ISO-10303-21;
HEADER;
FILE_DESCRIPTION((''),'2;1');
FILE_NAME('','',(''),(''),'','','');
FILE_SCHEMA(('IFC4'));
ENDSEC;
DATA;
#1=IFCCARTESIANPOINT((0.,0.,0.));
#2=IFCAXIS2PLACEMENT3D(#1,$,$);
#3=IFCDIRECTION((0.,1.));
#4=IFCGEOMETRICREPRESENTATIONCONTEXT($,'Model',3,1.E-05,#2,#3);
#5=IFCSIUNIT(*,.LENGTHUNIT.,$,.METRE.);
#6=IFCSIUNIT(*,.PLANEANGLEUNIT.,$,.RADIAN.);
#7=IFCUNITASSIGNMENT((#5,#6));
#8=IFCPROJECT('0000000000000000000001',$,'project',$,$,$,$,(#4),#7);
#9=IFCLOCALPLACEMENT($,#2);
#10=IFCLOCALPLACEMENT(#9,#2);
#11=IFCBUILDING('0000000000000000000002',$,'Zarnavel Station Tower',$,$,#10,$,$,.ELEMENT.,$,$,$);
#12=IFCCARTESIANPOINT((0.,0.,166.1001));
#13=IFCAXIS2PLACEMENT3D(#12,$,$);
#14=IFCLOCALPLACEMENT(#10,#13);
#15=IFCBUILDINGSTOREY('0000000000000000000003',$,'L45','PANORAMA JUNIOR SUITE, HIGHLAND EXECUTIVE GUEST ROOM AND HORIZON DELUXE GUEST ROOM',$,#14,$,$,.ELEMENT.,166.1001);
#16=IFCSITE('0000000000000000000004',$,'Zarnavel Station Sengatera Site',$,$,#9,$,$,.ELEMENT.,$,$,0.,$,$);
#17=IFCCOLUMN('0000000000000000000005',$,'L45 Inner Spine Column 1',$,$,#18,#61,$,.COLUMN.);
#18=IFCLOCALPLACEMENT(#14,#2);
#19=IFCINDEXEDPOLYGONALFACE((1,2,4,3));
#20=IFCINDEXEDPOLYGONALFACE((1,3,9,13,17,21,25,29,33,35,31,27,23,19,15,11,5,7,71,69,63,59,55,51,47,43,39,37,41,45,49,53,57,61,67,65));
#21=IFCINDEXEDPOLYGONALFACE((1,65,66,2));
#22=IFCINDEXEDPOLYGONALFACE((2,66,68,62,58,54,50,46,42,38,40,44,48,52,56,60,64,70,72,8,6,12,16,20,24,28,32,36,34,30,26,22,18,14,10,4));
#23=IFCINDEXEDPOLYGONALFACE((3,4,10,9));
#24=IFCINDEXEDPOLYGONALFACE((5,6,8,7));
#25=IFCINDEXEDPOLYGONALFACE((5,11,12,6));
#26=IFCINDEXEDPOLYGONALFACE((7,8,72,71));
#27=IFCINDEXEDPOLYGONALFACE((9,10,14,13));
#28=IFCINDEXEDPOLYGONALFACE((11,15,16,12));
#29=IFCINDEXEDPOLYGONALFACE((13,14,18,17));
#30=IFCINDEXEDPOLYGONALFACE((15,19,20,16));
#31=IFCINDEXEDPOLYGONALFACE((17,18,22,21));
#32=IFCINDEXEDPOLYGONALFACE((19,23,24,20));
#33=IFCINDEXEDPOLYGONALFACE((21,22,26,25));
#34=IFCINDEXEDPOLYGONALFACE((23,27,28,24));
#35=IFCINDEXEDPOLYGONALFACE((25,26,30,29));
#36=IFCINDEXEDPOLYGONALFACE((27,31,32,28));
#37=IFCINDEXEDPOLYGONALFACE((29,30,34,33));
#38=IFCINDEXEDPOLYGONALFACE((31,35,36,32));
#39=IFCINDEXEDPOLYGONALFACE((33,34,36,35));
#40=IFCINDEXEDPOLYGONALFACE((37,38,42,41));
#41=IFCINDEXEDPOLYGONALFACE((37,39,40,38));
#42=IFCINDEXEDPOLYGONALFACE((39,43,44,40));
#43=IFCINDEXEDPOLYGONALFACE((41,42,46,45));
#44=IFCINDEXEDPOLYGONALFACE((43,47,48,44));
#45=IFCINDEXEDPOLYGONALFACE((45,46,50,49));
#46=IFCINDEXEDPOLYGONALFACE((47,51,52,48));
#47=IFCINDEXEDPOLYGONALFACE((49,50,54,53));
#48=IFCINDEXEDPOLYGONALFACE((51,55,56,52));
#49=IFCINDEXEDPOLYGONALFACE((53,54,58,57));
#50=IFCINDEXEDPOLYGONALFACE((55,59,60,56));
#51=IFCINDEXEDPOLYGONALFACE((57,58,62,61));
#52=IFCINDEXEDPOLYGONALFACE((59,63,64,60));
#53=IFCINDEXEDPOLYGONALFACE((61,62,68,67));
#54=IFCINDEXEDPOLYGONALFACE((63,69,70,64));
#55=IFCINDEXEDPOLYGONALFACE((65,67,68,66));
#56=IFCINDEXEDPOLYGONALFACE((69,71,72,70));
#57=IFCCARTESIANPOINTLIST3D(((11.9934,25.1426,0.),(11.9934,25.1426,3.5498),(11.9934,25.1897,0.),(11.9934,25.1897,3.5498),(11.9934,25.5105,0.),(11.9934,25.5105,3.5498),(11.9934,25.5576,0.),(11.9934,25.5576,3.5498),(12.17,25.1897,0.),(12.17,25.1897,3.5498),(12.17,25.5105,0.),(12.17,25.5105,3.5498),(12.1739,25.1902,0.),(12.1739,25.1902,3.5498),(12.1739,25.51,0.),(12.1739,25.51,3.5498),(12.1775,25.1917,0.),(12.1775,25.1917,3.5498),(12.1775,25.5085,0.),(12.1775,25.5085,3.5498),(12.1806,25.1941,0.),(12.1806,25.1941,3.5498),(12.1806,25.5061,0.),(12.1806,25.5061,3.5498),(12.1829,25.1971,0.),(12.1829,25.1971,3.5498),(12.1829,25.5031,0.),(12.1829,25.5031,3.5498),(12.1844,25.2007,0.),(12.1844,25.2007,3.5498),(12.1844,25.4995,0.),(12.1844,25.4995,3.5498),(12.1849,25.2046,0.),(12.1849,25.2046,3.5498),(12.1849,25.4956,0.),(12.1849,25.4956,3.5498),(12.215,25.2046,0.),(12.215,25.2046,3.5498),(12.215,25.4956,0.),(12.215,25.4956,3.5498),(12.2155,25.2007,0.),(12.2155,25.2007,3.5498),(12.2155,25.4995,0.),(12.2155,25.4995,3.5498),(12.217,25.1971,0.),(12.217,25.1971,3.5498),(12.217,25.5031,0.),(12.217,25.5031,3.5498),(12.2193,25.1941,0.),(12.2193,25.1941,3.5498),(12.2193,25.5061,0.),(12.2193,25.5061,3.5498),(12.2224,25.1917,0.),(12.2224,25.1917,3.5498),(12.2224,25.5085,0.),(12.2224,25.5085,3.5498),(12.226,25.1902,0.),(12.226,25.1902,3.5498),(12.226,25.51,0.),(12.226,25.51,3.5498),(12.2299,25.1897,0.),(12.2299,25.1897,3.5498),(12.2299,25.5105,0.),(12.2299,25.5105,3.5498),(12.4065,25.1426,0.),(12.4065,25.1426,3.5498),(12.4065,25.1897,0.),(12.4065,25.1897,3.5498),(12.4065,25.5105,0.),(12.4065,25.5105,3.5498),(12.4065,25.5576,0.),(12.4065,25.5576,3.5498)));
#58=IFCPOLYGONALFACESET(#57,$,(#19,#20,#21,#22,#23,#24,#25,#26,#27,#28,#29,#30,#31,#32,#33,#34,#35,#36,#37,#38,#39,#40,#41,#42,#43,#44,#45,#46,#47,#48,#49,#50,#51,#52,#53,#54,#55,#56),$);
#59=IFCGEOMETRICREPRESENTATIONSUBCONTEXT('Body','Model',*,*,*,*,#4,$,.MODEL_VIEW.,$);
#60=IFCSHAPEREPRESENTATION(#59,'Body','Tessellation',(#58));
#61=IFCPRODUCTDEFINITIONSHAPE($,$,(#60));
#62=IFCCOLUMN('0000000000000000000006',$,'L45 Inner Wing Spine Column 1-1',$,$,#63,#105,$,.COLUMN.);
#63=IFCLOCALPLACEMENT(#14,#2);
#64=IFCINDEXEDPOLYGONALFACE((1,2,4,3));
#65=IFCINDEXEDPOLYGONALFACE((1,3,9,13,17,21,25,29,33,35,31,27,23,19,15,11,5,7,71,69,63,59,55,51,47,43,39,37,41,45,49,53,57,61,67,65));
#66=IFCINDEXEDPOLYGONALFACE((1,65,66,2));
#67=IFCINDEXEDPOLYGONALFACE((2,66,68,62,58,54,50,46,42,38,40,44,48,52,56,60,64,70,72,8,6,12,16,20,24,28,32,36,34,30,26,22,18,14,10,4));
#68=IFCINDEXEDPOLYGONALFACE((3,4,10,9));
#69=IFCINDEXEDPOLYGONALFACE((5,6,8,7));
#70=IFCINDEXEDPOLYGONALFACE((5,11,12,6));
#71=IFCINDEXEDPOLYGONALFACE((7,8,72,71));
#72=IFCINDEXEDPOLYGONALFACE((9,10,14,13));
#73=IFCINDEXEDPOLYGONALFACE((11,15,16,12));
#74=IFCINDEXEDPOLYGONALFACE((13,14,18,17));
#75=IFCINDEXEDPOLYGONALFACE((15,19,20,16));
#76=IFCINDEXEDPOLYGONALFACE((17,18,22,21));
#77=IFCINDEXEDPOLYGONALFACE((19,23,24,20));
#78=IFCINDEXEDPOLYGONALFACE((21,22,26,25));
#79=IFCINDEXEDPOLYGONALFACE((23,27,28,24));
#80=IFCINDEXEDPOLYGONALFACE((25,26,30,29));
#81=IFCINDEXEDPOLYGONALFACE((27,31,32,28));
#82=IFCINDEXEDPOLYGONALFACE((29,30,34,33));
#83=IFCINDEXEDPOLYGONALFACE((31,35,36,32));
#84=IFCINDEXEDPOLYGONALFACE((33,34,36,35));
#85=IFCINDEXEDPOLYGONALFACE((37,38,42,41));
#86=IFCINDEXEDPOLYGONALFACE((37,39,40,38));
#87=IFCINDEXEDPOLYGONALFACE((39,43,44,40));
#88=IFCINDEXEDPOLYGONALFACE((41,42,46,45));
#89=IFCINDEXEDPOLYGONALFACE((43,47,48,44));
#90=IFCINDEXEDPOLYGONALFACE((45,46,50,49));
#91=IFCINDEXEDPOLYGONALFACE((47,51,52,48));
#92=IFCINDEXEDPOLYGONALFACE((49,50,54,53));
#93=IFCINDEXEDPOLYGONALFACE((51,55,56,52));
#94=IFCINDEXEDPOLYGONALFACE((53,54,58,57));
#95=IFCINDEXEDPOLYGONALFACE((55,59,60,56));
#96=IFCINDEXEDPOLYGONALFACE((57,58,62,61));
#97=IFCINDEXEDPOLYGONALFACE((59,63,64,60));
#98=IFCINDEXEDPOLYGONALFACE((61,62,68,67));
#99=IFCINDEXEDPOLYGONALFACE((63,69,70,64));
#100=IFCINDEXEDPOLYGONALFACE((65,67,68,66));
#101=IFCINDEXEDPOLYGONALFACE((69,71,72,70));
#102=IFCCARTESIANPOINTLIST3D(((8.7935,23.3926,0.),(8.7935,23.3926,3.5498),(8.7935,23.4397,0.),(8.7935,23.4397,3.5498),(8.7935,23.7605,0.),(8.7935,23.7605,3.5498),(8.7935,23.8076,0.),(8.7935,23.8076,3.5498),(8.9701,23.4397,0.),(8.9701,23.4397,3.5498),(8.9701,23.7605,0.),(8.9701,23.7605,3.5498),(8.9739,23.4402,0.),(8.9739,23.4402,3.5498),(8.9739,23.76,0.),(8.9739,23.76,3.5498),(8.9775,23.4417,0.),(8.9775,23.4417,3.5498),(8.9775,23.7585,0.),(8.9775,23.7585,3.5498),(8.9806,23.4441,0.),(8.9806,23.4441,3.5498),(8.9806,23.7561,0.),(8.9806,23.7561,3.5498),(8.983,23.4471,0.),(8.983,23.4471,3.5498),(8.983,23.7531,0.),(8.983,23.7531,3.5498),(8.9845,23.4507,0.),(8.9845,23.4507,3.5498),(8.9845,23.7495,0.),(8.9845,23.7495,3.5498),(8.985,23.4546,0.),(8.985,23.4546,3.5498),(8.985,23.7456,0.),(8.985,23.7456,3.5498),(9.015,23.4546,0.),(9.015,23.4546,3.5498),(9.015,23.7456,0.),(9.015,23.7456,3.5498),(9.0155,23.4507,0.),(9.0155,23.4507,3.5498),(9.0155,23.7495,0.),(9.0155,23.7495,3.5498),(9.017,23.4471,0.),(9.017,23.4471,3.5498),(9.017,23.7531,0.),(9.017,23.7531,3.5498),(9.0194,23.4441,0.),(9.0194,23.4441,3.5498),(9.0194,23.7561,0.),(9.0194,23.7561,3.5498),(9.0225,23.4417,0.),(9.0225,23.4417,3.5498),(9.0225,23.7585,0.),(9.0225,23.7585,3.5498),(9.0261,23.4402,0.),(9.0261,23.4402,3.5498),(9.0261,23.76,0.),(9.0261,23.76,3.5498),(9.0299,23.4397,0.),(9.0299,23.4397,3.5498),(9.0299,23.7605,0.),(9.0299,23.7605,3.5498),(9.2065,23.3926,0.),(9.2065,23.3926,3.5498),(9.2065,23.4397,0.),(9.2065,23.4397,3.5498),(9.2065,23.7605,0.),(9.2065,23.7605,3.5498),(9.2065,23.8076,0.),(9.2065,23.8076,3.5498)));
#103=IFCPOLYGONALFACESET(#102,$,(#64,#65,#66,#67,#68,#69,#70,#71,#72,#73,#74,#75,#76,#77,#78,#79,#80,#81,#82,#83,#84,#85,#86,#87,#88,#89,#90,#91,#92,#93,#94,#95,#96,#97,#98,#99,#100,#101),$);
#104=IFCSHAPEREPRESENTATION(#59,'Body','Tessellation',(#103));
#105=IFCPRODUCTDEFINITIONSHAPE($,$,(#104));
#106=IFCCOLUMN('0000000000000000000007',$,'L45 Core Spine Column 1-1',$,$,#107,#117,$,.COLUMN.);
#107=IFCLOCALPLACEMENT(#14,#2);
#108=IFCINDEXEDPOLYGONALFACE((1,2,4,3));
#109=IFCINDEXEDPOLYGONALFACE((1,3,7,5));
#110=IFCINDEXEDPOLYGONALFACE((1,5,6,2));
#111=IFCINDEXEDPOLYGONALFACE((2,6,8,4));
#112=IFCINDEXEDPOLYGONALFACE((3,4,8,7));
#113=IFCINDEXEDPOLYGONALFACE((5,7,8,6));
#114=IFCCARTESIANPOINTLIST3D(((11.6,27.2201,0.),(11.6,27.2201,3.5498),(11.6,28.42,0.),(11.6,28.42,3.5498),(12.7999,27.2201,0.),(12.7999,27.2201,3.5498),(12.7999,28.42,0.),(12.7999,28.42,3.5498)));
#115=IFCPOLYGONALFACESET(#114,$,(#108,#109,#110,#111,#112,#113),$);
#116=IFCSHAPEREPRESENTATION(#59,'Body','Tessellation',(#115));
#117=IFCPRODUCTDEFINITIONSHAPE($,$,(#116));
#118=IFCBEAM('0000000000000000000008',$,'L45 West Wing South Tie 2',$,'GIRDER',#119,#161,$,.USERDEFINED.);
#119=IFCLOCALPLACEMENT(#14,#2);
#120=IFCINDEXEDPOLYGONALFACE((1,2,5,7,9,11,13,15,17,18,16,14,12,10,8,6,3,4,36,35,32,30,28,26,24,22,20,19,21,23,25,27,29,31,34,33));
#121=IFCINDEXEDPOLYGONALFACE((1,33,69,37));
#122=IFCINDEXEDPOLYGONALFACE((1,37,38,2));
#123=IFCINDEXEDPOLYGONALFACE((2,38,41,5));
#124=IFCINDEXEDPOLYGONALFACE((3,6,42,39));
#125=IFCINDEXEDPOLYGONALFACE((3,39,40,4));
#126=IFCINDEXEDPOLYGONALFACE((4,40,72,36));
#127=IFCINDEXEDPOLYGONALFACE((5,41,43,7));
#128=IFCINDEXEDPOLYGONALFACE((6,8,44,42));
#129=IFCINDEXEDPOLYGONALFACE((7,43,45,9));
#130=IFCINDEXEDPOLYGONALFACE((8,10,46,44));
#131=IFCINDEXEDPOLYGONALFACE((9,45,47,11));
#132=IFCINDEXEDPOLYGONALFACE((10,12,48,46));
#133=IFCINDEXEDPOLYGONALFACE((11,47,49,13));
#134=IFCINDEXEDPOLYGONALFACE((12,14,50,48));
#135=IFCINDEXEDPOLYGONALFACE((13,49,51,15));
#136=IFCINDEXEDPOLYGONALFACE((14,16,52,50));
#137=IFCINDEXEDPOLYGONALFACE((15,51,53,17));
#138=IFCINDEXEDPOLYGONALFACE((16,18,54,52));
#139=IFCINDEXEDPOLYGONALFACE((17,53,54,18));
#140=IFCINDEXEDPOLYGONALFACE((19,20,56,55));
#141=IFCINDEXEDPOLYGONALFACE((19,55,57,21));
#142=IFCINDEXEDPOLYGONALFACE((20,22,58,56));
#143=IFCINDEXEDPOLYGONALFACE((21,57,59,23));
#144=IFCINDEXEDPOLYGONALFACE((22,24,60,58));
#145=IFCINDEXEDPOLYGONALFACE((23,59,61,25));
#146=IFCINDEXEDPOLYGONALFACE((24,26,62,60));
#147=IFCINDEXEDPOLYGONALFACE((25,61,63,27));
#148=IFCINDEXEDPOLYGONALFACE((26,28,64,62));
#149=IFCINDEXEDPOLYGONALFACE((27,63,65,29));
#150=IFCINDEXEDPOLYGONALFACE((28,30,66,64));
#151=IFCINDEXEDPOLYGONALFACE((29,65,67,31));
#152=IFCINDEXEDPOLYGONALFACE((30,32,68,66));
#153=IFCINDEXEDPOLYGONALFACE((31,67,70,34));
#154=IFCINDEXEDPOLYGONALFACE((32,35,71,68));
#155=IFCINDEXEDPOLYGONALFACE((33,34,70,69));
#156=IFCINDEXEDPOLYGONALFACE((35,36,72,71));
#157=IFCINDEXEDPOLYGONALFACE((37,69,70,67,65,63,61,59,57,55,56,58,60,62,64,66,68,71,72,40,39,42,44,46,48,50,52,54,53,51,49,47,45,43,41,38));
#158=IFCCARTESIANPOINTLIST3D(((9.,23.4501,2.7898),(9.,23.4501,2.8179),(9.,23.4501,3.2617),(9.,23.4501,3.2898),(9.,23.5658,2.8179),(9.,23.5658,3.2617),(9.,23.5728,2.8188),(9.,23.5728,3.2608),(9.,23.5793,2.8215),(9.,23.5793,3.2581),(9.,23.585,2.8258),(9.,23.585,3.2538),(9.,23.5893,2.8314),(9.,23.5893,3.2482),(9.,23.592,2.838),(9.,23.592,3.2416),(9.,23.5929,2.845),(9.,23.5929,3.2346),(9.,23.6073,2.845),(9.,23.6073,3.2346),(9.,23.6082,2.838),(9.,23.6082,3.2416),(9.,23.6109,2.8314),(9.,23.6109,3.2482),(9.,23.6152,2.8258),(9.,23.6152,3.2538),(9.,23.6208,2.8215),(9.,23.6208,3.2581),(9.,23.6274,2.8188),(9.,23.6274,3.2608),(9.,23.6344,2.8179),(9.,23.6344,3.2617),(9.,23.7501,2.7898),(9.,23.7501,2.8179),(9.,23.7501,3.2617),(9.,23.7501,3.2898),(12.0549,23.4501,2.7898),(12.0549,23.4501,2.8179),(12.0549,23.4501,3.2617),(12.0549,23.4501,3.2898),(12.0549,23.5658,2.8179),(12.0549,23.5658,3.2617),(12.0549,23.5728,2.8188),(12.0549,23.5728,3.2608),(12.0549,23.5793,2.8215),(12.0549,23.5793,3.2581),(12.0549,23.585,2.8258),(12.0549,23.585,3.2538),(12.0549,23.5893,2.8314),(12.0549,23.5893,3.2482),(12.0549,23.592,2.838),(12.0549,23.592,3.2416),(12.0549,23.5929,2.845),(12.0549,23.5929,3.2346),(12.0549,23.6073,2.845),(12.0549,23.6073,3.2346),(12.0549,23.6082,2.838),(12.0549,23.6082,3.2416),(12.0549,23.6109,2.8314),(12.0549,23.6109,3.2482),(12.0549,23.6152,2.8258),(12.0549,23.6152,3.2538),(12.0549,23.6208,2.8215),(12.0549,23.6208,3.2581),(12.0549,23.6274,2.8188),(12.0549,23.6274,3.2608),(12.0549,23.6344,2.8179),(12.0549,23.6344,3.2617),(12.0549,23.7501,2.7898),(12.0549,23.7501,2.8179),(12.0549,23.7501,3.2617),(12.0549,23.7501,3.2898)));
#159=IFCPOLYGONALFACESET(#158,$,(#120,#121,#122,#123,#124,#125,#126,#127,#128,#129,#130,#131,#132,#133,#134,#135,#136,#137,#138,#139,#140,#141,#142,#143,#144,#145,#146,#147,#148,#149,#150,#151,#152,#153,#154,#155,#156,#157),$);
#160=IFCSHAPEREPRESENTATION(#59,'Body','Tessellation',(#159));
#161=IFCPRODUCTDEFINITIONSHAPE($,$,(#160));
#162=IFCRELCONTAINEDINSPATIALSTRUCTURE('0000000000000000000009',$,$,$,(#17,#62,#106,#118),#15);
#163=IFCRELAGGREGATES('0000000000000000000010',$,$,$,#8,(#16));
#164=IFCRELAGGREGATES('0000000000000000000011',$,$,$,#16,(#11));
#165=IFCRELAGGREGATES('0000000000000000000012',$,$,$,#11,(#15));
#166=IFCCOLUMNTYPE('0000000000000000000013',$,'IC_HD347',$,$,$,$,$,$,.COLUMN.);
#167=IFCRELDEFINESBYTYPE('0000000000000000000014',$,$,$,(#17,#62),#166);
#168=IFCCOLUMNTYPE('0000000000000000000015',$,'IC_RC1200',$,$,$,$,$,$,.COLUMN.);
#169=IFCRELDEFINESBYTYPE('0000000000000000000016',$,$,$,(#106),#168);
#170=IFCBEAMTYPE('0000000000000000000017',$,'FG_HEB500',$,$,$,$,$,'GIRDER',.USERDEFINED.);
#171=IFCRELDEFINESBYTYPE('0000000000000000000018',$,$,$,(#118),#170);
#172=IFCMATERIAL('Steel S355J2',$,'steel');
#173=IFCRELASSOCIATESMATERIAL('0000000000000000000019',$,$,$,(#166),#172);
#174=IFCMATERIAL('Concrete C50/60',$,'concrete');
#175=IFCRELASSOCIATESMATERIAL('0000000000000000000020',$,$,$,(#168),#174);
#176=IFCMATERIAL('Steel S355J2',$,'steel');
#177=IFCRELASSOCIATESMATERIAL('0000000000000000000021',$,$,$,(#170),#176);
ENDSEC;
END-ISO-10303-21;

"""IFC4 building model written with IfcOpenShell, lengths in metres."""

from ifc_helpers import new_model, si_unit, direction, frame, origin, origin_2d, place, context, subcontext, project, spatial, rectangle, i_section, extrude, material, material_profile, profile_set, type_object, element, save


model = new_model("IFC4")

# Units and contexts
model_context = context("Model", 3, precision=1e-05, world=origin(), true_north=direction((0.0, 1.0)))
body_context = subcontext(model_context, "Body", "Model", "MODEL_VIEW")
ifc_project = project(units=[si_unit("LENGTHUNIT", "METRE"), si_unit("PLANEANGLEUNIT", "RADIAN")], contexts=[model_context])

# Site, building, storey
site_placement = place(None, origin())
site = spatial("IfcSite", under=ifc_project, at=site_placement, Name="Zarnavel Station Sengatera Site", CompositionType="ELEMENT", RefElevation=0.0)
building_placement = place(site_placement, origin())
building = spatial("IfcBuilding", under=site, at=building_placement, Name="Zarnavel Station Tower", CompositionType="ELEMENT")
storey_placement = place(building_placement, frame((0.0, 0.0, 166.1001)))
storey = spatial("IfcBuildingStorey", under=building, at=storey_placement, Name="L45", Description="PANORAMA JUNIOR SUITE, HIGHLAND EXECUTIVE GUEST ROOM AND HORIZON DELUXE GUEST ROOM", CompositionType="ELEMENT", Elevation=166.1001)

# Columns
ifc_material_1 = material(Name="Steel S355J2", Category="steel")
ifc_material_profile_1 = material_profile(ifc_material_1, i_section(OverallWidth=0.4131, OverallDepth=0.415, WebThickness=0.03, FlangeThickness=0.0471, FilletRadius=0.0149, at=origin_2d()), Name="HD400x347")
ifc_profile_set_1 = profile_set([ifc_material_profile_1], Name="Steel S355J2")
column_type_1 = type_object("IfcColumnType", Name="IC_HD347", PredefinedType="COLUMN", material=ifc_profile_set_1)
for number, where, z_axis, x_axis, name in (
    (1, (12.2, 25.3501, 0.0), (0.0, 0.0, 1.0), (1.0, 0.0, 0.0), "L45 Inner Spine Column 1"),
    (2, (9.0, 23.6001, 0.0), (0.0, 0.0, 1.0), (1.0, 0.0, 0.0), "L45 Inner Wing Spine Column 1-1"),
):
    element("IfcColumn", number, at=place(storey_placement, frame(where, z_axis=z_axis, x_axis=x_axis)), inside=storey, type_object=column_type_1, Name=name, PredefinedType="COLUMN", context=body_context, shape_type="SweptSolid", body=[
        extrude(i_section(OverallWidth=0.4131, OverallDepth=0.415, WebThickness=0.03, FlangeThickness=0.0471, FilletRadius=0.0149, at=origin_2d()), origin(), (0.0, 0.0, 1.0), 3.5498),
    ])
ifc_material_2 = material(Name="Concrete C50/60", Category="concrete")
ifc_material_profile_2 = material_profile(ifc_material_2, rectangle(XDim=1.2, YDim=1.2, at=origin_2d()), Name="RC1200x1200")
ifc_profile_set_2 = profile_set([ifc_material_profile_2], Name="Concrete C50/60")
column_type_2 = type_object("IfcColumnType", Name="IC_RC1200", PredefinedType="COLUMN", material=ifc_profile_set_2)
column_placement = place(storey_placement, frame((12.2, 27.8201, 0.0), z_axis=(0.0, 0.0, 1.0), x_axis=(1.0, 0.0, 0.0)))
element("IfcColumn", 3, at=column_placement, inside=storey, type_object=column_type_2, Name="L45 Core Spine Column 1-1", PredefinedType="COLUMN", context=body_context, shape_type="SweptSolid", body=[
    extrude(rectangle(XDim=1.2, YDim=1.2, at=origin_2d()), origin(), (0.0, 0.0, 1.0), 3.5498),
])

# Beam
ifc_material_3 = material(Name="Steel S355J2", Category="steel")
ifc_material_profile_3 = material_profile(ifc_material_3, i_section(OverallWidth=0.3, OverallDepth=0.5, WebThickness=0.0144, FlangeThickness=0.0281, FilletRadius=0.0271, at=origin_2d()), Name="HEB500")
ifc_profile_set_3 = profile_set([ifc_material_profile_3], Name="Steel S355J2")
beam_type_1 = type_object("IfcBeamType", Name="FG_HEB500", ElementType="GIRDER", PredefinedType="USERDEFINED", material=ifc_profile_set_3)
beam_1_placement = place(storey_placement, frame((9.0, 23.6001, 3.0398), z_axis=(1.0, 0.0, 0.0), x_axis=(0.0, 1.0, 0.0)))
element("IfcBeam", 4, at=beam_1_placement, inside=storey, type_object=beam_type_1, Name="L45 West Wing South Tie 2", ObjectType="GIRDER", PredefinedType="USERDEFINED", context=body_context, shape_type="SweptSolid", body=[
    extrude(i_section(OverallWidth=0.3, OverallDepth=0.5, WebThickness=0.0144, FlangeThickness=0.0281, FilletRadius=0.0271, at=origin_2d()), origin(), (0.0, 0.0, 1.0), 3.0549),
])

save(model, "model.ifc")
